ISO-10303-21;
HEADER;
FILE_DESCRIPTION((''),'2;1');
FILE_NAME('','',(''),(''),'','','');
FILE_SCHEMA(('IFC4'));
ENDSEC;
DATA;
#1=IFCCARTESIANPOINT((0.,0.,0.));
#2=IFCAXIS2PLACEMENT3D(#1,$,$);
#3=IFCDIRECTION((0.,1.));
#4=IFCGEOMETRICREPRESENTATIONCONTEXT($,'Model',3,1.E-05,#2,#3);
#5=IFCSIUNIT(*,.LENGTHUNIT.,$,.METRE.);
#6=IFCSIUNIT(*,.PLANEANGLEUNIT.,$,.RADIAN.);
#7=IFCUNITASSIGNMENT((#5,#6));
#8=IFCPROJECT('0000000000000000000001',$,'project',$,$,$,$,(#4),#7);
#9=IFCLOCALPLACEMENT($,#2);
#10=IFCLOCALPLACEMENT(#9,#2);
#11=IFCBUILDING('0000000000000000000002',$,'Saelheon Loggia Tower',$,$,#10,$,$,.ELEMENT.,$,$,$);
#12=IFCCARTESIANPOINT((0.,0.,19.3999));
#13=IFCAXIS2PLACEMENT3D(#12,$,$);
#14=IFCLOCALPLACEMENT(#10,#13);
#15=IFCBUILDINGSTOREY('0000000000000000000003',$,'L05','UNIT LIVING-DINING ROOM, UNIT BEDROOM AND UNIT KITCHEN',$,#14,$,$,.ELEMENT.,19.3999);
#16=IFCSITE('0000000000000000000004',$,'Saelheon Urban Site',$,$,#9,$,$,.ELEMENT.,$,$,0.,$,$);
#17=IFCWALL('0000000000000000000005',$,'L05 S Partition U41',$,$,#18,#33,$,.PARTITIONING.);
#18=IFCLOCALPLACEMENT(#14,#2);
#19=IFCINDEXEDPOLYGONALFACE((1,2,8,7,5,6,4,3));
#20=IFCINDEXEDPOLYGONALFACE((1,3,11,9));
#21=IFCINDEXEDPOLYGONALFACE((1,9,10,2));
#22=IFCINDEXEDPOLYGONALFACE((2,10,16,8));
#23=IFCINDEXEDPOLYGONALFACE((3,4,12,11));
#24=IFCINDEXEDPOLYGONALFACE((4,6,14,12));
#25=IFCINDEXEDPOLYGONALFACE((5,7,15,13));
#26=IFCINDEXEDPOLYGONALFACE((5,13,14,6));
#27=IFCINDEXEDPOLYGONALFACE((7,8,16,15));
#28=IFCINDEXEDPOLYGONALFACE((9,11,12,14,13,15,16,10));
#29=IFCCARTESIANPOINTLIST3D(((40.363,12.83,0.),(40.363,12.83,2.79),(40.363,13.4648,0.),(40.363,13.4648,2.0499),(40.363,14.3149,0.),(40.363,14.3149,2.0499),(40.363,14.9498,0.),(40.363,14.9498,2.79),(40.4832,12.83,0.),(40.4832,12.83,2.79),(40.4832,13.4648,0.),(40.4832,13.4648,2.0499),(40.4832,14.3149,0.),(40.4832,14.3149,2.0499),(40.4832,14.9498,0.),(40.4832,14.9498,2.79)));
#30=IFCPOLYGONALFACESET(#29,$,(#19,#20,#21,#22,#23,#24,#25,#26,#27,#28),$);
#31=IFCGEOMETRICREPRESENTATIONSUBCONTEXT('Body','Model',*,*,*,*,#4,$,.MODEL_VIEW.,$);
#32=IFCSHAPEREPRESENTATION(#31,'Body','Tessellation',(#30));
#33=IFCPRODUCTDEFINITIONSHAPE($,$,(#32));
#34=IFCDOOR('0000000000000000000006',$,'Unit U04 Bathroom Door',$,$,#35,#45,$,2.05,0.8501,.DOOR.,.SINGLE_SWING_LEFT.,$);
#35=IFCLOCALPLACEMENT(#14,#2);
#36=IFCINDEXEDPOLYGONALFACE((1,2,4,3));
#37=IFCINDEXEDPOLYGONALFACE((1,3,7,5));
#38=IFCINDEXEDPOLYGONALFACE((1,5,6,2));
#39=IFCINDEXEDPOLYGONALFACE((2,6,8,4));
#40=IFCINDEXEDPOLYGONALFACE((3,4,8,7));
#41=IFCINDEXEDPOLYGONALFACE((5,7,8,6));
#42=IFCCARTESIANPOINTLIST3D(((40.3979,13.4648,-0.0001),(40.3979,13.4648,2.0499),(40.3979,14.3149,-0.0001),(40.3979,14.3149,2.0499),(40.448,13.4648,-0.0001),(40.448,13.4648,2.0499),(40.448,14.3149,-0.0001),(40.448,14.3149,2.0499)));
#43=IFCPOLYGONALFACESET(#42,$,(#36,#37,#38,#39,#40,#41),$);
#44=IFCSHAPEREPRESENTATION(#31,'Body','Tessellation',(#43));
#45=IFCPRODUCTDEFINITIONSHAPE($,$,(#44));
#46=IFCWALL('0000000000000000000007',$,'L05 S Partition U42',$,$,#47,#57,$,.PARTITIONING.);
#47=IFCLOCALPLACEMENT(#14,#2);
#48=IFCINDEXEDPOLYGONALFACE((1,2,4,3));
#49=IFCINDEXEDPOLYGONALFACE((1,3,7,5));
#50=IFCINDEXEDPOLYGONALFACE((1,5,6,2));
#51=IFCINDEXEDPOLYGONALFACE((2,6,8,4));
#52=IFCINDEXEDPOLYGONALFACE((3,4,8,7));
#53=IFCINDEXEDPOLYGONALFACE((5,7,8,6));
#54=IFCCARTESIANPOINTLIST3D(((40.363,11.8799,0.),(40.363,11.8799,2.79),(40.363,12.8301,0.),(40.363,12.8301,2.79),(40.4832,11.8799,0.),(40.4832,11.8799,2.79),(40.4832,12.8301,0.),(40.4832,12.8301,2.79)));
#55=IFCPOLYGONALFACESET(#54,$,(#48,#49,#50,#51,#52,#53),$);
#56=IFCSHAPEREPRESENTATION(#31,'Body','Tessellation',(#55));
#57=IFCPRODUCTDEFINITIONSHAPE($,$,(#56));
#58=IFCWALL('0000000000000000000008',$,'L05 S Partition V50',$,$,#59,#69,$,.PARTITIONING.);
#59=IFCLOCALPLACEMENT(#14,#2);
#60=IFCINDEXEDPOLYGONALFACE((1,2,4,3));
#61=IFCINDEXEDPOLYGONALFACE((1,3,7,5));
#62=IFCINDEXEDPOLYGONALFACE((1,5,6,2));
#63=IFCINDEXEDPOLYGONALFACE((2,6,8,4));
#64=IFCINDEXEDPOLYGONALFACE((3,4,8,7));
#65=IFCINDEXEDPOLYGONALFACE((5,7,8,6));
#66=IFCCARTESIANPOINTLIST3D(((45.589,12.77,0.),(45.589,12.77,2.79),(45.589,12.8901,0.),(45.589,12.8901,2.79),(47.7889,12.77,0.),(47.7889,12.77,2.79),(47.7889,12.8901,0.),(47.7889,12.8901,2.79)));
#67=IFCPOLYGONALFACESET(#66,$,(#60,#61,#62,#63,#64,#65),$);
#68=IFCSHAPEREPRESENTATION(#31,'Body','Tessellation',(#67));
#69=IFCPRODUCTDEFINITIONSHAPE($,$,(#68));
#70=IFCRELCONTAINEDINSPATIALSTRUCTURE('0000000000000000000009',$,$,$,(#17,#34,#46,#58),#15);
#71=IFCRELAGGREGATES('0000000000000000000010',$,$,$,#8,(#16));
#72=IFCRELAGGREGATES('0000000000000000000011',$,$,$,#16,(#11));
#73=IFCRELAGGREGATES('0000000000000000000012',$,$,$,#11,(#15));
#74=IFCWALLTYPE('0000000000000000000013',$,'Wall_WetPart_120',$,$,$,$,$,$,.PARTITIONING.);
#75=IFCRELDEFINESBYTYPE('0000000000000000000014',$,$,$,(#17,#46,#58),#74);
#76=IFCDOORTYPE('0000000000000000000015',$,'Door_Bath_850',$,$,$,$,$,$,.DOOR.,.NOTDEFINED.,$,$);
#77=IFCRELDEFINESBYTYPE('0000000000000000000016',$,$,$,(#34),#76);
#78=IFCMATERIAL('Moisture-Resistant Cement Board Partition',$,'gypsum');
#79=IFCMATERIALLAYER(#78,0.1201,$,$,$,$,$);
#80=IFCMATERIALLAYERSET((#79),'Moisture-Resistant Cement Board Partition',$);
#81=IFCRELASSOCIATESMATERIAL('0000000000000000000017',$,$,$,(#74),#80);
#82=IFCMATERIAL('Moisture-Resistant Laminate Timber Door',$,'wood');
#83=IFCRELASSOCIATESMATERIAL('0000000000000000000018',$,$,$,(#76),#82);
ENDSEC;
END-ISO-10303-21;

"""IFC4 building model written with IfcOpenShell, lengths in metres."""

from ifc_helpers import new_model, si_unit, direction, frame, frame_2d, origin, place, context, subcontext, project, spatial, rectangle, extrude, source, transform, mapped, material, layer, layer_set, type_object, element, fill, save


model = new_model("IFC4")

# Units and contexts
model_context = context("Model", 3, precision=1e-05, world=origin(), true_north=direction((0.0, 1.0)))
body_context = subcontext(model_context, "Body", "Model", "MODEL_VIEW")
ifc_project = project(units=[si_unit("LENGTHUNIT", "METRE"), si_unit("PLANEANGLEUNIT", "RADIAN")], contexts=[model_context])

# Site, building, storey
site_placement = place(None, origin())
site = spatial("IfcSite", under=ifc_project, at=site_placement, Name="Saelheon Urban Site", CompositionType="ELEMENT", RefElevation=0.0)
building_placement = place(site_placement, origin())
building = spatial("IfcBuilding", under=site, at=building_placement, Name="Saelheon Loggia Tower", CompositionType="ELEMENT")
storey_placement = place(building_placement, frame((0.0, 0.0, 19.3999)))
storey = spatial("IfcBuildingStorey", under=building, at=storey_placement, Name="L05", Description="UNIT LIVING-DINING ROOM, UNIT BEDROOM AND UNIT KITCHEN", CompositionType="ELEMENT", Elevation=19.3999)

# Shared definitions
ifc_material_1 = material(Name="Moisture-Resistant Cement Board Partition", Category="gypsum")
ifc_layer_1 = layer(ifc_material_1, 0.1201)
ifc_layer_set_1 = layer_set([ifc_layer_1], Name="Moisture-Resistant Cement Board Partition")
wall_type_1 = type_object("IfcWallType", Name="Wall_WetPart_120", PredefinedType="PARTITIONING", material=ifc_layer_set_1)

# Wall, opening, door
wall_1_placement = place(storey_placement, frame((40.4231, 14.95, 0.0), z_axis=(0.0, 0.0, 1.0), x_axis=(0.0, -1.0, 0.0)))
wall_1 = element("IfcWall", 1, at=wall_1_placement, inside=storey, type_object=wall_type_1, Name="L05 S Partition U41", PredefinedType="PARTITIONING", context=body_context, shape_type="SweptSolid", body=[
    extrude(rectangle(XDim=2.1199, YDim=0.1201, at=frame_2d((1.0601, 0.0))), origin(), (0.0, 0.0, 1.0), 2.79),
])
opening_1_placement = place(wall_1_placement, frame((0.635, 0.0, 0.0)))
opening_1 = element("IfcOpeningElement", 2, at=opening_1_placement, cuts=wall_1, PredefinedType="OPENING", context=body_context, shape_type="SweptSolid", body=[
    extrude(rectangle(XDim=0.8501, YDim=2.05, at=frame_2d((0.425, 1.0249))), frame((0.0, 0.072, 0.0), z_axis=(0.0, -1.0, 0.0), x_axis=(1.0, 0.0, 0.0)), (0.0, 0.0, 1.0), 0.144),
])
ifc_material_2 = material(Name="Moisture-Resistant Laminate Timber Door", Category="wood")
door_type_1 = type_object("IfcDoorType", Name="Door_Bath_850", OperationType="NOTDEFINED", PredefinedType="DOOR", material=ifc_material_2)
shared_shape_1 = source(origin(), body_context, "Body", "SweptSolid", [
    extrude(rectangle(XDim=0.8501, YDim=2.05, at=frame_2d((0.425, 1.0249))), frame((0.0, 0.0249, 0.0), z_axis=(0.0, -1.0, 0.0), x_axis=(1.0, 0.0, 0.0)), (0.0, 0.0, 1.0), 0.05),
])
door_1_placement = place(opening_1_placement, origin())
door_1 = element("IfcDoor", 3, at=door_1_placement, inside=storey, type_object=door_type_1, Name="Unit U04 Bathroom Door", OperationType="SINGLE_SWING_LEFT", OverallHeight=2.05, OverallWidth=0.8501, PredefinedType="DOOR", context=body_context, shape_type="MappedRepresentation", body=[
    mapped(shared_shape_1, transform((0.0, 0.0, 0.0), scale=1.0)),
])
fill(opening_1, door_1)

# Walls
wall_2_placement = place(storey_placement, frame((40.4231, 12.8301, 0.0), z_axis=(0.0, 0.0, 1.0), x_axis=(0.0, -1.0, 0.0)))
element("IfcWall", 4, at=wall_2_placement, inside=storey, type_object=wall_type_1, Name="L05 S Partition U42", PredefinedType="PARTITIONING", context=body_context, shape_type="SweptSolid", body=[
    extrude(rectangle(XDim=0.9502, YDim=0.1201, at=frame_2d((0.4751, 0.0))), origin(), (0.0, 0.0, 1.0), 2.79),
])
wall_3_placement = place(storey_placement, frame((45.5889, 12.8301, 0.0), z_axis=(0.0, 0.0, 1.0), x_axis=(1.0, 0.0, 0.0)))
element("IfcWall", 5, at=wall_3_placement, inside=storey, type_object=wall_type_1, Name="L05 S Partition V50", PredefinedType="PARTITIONING", context=body_context, shape_type="SweptSolid", body=[
    extrude(rectangle(XDim=2.2, YDim=0.1201, at=frame_2d((1.1001, 0.0))), origin(), (0.0, 0.0, 1.0), 2.79),
])

save(model, "model.ifc")
